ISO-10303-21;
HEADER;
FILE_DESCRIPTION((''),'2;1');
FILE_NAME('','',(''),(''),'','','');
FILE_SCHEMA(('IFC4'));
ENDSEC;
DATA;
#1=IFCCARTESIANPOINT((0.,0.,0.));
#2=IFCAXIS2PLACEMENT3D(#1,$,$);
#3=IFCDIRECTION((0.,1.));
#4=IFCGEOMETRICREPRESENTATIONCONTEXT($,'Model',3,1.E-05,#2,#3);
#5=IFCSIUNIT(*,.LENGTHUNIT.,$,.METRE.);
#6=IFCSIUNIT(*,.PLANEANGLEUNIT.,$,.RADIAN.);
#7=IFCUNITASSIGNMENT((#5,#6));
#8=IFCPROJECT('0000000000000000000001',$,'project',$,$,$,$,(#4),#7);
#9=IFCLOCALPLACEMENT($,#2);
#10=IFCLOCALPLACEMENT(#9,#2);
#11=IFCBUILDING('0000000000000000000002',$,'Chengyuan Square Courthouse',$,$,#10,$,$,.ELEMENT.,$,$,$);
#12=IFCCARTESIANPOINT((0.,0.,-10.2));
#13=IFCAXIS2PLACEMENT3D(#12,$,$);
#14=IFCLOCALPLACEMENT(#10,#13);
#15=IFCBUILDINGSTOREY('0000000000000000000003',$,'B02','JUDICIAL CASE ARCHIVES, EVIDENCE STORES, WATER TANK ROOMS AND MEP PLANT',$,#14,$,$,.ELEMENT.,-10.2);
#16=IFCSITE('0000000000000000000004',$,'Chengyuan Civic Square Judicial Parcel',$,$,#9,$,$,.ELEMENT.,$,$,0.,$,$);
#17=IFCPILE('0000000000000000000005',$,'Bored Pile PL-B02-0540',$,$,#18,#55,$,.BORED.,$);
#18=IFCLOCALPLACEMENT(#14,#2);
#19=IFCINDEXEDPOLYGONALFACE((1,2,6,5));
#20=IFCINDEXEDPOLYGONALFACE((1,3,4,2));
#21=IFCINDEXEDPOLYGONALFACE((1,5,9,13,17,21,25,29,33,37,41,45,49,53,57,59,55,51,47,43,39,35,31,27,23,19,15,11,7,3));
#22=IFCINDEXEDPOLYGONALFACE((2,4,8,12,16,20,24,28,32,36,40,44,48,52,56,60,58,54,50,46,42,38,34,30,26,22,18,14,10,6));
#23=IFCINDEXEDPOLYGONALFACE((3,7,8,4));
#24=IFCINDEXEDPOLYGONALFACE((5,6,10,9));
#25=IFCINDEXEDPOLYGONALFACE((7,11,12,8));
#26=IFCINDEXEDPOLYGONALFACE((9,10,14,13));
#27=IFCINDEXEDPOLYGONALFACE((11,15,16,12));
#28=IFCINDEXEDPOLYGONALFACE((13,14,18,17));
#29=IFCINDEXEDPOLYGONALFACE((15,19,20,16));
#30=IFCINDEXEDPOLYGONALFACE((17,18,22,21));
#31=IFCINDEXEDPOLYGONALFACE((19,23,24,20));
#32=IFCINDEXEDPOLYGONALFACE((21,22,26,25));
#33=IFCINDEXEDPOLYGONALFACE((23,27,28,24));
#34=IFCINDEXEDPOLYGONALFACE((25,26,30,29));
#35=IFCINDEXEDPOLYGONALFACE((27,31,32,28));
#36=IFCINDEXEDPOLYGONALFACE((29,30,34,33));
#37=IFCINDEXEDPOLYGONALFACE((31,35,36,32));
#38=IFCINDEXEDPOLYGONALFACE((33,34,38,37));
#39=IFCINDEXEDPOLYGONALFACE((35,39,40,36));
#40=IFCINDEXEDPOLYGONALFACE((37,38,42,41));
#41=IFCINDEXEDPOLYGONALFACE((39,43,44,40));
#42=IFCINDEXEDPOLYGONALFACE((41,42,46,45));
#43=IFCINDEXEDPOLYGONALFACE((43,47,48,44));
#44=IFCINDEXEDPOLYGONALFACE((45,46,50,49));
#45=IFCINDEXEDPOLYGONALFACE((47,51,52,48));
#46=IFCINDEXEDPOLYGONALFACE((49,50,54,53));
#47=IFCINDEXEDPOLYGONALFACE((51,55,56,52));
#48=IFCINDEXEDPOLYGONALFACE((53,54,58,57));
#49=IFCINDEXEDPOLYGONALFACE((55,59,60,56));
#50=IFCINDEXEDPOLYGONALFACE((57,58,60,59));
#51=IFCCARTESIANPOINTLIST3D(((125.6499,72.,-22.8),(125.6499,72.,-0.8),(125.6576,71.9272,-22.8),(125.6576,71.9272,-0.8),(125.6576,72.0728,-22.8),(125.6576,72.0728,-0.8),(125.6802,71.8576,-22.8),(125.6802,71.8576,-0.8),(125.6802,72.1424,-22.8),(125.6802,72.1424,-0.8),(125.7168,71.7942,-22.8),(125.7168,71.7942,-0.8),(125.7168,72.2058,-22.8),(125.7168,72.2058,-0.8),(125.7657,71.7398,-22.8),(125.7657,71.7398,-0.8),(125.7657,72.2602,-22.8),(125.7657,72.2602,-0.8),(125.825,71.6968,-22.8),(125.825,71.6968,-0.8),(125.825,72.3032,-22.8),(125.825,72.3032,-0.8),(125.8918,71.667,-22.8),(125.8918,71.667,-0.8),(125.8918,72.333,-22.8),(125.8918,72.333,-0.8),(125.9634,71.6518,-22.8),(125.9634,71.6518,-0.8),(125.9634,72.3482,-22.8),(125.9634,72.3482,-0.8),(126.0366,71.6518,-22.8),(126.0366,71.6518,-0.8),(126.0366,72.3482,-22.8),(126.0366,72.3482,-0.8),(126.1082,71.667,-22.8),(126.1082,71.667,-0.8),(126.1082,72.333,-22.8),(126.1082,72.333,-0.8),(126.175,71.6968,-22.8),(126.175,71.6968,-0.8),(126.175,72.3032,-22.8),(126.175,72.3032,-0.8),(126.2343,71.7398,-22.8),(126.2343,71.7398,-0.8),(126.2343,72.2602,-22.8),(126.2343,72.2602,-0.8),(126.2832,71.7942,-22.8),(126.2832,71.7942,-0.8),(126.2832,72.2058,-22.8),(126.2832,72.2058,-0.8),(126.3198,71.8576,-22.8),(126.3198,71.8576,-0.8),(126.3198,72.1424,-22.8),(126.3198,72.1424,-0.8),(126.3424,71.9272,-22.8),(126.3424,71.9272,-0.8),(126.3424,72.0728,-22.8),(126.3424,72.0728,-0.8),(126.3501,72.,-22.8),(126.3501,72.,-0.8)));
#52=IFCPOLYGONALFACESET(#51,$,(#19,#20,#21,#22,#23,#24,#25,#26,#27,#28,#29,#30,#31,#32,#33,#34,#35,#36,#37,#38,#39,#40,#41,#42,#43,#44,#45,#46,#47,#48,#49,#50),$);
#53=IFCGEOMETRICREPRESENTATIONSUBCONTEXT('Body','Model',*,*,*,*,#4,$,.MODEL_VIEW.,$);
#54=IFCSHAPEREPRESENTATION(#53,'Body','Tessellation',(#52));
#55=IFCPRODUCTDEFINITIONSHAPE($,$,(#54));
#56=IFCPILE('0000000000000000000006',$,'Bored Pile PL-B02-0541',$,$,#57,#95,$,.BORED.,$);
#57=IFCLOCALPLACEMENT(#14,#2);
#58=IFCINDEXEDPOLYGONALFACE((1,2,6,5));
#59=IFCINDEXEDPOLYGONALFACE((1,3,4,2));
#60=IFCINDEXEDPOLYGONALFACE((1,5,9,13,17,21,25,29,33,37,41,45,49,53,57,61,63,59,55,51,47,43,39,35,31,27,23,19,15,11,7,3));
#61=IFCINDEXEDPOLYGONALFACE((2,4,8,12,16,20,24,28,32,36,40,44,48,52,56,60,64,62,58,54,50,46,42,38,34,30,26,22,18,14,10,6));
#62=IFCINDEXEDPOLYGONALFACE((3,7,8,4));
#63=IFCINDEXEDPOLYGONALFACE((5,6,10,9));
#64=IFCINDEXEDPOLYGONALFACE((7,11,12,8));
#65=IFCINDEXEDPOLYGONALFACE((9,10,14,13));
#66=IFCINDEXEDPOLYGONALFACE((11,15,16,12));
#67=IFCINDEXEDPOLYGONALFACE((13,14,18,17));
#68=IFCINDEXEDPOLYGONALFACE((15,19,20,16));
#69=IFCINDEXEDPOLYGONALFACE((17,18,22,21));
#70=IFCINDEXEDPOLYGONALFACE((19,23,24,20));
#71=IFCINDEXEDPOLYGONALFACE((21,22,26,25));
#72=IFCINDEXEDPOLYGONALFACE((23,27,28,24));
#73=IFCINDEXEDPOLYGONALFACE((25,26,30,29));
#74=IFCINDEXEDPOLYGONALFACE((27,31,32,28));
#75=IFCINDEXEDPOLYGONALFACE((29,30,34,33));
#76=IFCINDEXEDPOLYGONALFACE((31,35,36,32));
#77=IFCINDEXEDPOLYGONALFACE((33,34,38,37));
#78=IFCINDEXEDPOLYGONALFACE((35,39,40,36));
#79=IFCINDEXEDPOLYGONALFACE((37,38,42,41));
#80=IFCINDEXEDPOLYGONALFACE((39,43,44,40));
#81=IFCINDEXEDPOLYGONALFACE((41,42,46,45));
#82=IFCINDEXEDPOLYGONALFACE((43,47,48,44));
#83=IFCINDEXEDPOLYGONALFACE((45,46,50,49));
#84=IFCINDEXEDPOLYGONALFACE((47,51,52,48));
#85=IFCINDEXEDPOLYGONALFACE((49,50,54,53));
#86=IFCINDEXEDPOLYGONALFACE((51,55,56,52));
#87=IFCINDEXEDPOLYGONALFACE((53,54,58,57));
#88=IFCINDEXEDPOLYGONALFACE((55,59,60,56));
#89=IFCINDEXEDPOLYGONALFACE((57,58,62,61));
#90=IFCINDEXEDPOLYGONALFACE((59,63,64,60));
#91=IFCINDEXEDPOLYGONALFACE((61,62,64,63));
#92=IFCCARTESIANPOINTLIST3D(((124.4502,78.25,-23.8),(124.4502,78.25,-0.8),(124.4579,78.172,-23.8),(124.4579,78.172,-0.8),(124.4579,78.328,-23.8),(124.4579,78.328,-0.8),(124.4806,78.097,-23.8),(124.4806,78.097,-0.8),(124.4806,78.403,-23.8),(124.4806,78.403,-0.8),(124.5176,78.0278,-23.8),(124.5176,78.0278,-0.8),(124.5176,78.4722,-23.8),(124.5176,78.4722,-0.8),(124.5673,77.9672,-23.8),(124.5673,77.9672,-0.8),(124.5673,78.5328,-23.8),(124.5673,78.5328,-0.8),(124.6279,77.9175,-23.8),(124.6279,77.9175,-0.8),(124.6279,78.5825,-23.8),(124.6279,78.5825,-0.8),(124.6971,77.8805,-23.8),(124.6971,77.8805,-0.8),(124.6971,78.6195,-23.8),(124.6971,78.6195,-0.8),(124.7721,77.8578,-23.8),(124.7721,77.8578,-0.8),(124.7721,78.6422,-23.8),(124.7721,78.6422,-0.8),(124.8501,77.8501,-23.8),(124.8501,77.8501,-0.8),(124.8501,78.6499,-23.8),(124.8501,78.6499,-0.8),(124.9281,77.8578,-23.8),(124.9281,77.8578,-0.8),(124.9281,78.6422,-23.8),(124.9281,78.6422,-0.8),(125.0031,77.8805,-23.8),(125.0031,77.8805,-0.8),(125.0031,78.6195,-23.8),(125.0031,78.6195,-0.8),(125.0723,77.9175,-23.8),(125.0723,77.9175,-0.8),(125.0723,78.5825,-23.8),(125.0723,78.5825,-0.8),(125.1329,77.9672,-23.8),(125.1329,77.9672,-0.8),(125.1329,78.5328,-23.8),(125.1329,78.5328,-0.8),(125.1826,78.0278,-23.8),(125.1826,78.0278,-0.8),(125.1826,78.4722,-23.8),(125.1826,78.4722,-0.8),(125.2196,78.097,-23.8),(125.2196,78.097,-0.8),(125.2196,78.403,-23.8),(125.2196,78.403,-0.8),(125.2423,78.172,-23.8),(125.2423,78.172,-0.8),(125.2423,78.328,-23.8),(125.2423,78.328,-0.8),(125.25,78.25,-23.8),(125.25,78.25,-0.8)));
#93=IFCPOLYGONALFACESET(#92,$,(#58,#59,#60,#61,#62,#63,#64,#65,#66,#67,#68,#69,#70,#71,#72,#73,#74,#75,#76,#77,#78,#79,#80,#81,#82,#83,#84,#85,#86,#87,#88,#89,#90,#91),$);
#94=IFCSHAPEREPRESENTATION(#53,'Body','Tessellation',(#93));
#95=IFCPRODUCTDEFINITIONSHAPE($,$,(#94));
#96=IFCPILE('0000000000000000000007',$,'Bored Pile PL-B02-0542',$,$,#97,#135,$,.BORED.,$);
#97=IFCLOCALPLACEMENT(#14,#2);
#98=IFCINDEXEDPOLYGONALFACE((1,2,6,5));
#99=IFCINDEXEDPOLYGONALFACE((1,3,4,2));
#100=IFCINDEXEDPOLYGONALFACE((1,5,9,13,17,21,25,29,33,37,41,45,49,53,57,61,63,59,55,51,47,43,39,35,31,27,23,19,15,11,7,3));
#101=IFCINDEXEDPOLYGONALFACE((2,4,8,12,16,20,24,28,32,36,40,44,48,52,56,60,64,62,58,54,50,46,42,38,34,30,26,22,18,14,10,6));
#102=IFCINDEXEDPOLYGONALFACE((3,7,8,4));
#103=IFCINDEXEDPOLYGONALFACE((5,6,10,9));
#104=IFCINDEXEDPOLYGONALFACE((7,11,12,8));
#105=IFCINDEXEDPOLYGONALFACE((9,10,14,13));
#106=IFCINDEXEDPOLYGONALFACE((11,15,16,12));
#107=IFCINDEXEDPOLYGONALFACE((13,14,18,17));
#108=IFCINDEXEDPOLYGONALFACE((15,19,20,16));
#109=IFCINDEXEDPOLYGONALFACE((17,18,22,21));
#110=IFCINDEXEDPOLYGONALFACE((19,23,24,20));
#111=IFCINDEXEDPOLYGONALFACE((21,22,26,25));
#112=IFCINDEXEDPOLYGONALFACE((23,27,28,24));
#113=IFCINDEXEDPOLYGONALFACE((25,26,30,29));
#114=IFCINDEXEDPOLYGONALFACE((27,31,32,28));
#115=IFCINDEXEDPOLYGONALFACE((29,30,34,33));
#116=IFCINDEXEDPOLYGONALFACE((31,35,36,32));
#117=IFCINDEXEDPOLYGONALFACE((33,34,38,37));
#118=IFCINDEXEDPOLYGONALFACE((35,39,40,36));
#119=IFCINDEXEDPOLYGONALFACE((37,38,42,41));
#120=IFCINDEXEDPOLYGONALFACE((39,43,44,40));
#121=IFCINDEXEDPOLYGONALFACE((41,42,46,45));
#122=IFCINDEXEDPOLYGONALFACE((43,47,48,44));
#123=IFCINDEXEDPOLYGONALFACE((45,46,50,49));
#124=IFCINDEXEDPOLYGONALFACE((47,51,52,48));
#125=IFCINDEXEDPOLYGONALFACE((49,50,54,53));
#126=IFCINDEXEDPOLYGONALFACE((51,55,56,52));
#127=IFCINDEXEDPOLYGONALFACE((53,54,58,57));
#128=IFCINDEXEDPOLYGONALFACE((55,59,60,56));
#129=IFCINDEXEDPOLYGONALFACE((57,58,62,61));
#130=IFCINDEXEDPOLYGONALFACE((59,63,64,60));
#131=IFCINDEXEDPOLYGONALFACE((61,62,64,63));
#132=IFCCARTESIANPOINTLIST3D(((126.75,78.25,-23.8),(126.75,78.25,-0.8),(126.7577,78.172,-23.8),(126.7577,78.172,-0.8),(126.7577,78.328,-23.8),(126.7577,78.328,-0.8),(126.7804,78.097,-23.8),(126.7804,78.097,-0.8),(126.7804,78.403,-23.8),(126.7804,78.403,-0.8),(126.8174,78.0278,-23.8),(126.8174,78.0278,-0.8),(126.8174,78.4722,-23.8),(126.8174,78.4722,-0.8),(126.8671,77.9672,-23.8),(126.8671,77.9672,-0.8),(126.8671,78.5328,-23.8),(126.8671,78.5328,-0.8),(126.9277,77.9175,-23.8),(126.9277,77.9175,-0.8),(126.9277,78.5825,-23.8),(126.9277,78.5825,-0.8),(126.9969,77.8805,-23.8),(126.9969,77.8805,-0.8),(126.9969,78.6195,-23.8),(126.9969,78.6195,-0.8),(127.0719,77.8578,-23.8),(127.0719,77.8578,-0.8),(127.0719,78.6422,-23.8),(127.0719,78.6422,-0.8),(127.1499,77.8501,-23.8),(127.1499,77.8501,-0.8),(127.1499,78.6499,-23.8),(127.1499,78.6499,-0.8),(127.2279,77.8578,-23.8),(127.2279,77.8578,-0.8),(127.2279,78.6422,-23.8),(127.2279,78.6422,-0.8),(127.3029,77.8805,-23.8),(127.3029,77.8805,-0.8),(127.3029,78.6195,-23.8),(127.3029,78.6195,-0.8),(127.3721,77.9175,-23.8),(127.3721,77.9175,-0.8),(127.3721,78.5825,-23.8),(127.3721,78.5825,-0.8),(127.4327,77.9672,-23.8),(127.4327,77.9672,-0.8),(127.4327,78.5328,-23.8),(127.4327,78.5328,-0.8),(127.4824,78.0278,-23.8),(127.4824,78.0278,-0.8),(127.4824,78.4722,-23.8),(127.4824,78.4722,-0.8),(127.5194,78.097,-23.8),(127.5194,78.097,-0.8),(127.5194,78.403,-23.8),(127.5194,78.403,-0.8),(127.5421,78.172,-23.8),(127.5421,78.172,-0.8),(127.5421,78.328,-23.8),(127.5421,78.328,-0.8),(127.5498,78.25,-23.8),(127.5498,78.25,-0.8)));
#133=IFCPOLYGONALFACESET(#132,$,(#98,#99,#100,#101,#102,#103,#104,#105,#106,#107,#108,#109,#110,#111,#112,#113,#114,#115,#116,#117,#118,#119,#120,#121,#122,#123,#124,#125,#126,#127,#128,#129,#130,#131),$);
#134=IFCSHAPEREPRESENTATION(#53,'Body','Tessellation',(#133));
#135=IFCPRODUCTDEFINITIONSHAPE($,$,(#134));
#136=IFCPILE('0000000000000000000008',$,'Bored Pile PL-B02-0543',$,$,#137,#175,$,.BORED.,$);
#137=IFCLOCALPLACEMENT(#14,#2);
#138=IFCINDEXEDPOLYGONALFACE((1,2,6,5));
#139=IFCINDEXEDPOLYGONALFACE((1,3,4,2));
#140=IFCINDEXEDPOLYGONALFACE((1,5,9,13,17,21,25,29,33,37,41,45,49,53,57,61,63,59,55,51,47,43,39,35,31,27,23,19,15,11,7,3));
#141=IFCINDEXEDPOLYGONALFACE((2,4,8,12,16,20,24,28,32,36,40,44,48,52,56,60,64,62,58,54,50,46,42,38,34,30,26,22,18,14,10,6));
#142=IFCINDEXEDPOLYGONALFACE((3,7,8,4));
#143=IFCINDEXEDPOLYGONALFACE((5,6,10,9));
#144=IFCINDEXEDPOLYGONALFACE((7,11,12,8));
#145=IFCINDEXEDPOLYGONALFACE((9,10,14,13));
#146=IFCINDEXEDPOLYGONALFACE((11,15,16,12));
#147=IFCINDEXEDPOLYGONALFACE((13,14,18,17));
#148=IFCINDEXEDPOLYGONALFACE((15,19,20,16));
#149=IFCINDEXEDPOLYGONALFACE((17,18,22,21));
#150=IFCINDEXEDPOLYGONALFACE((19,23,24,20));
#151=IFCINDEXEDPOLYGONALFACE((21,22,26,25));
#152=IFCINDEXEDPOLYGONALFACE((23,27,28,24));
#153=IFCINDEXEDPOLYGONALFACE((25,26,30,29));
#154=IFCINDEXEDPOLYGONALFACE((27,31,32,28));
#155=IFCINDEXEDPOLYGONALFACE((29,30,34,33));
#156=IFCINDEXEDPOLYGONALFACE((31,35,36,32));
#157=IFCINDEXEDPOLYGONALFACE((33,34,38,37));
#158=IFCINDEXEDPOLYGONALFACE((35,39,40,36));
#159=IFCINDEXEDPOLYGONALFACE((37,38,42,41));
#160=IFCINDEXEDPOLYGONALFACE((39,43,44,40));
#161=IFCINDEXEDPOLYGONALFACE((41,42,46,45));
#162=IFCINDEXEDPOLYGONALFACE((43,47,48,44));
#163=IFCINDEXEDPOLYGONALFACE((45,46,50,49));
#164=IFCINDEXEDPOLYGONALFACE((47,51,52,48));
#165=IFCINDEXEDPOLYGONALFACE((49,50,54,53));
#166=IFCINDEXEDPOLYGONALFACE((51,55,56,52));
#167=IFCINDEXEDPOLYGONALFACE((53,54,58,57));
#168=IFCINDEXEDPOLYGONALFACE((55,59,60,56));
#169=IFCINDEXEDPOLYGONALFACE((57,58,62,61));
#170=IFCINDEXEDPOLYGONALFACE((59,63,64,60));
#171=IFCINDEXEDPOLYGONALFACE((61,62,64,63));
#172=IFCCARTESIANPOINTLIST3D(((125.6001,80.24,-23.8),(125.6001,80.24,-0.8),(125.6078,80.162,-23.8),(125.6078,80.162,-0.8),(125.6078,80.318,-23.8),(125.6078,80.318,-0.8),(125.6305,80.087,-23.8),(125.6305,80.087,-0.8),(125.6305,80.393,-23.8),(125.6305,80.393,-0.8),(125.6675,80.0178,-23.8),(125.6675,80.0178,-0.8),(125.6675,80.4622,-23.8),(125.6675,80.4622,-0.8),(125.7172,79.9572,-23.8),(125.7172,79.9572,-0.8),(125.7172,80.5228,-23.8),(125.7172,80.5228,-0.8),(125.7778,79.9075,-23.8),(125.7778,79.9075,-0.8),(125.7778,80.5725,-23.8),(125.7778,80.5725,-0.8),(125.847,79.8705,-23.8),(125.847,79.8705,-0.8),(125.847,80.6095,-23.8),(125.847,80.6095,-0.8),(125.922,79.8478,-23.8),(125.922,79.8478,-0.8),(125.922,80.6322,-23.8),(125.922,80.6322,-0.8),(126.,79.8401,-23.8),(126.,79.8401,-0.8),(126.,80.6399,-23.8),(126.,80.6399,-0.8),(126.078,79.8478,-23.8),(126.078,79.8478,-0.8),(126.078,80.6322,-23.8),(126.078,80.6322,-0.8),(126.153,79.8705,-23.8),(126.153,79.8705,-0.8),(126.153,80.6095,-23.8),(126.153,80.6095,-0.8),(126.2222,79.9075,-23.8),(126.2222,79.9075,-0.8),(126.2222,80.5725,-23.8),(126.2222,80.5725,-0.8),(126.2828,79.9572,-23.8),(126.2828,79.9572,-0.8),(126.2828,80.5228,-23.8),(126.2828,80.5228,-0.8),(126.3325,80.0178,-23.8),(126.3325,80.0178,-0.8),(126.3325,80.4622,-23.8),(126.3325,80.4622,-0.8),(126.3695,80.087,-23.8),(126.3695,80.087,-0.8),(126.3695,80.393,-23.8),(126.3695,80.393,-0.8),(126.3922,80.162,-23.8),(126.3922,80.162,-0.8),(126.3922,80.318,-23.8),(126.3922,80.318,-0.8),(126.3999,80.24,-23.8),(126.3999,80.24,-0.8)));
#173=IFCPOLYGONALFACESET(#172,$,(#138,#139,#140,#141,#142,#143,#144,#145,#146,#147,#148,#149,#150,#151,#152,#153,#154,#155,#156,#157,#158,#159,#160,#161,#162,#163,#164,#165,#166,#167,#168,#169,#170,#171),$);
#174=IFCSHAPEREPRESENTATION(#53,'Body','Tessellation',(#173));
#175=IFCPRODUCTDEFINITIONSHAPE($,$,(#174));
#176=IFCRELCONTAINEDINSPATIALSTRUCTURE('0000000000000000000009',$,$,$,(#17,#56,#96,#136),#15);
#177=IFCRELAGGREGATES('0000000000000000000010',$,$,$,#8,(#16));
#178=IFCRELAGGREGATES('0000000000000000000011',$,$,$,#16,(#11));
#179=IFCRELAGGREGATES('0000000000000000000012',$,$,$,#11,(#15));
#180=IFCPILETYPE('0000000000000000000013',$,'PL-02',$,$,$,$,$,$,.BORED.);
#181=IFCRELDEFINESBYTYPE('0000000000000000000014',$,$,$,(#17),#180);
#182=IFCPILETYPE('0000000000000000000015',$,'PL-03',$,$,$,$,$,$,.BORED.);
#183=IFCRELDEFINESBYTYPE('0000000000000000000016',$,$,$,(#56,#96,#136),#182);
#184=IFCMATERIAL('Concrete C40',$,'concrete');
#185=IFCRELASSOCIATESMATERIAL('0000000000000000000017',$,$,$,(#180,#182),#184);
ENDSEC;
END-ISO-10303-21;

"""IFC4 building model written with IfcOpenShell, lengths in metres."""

from ifc_helpers import new_model, si_unit, direction, frame, origin, origin_2d, place, context, subcontext, project, spatial, circle, extrude, material, material_profile, profile_set, type_object, element, save


model = new_model("IFC4")

# Units and contexts
model_context = context("Model", 3, precision=1e-05, world=origin(), true_north=direction((0.0, 1.0)))
body_context = subcontext(model_context, "Body", "Model", "MODEL_VIEW")
ifc_project = project(units=[si_unit("LENGTHUNIT", "METRE"), si_unit("PLANEANGLEUNIT", "RADIAN")], contexts=[model_context])

# Site, building, storey
site_placement = place(None, origin())
site = spatial("IfcSite", under=ifc_project, at=site_placement, Name="Chengyuan Civic Square Judicial Parcel", CompositionType="ELEMENT", RefElevation=0.0)
building_placement = place(site_placement, origin())
building = spatial("IfcBuilding", under=site, at=building_placement, Name="Chengyuan Square Courthouse", CompositionType="ELEMENT")
storey_placement = place(building_placement, frame((0.0, 0.0, -10.2)))
storey = spatial("IfcBuildingStorey", under=building, at=storey_placement, Name="B02", Description="JUDICIAL CASE ARCHIVES, EVIDENCE STORES, WATER TANK ROOMS AND MEP PLANT", CompositionType="ELEMENT", Elevation=-10.2)

# Shared definitions
ifc_material_1 = material(Name="Concrete C40", Category="concrete")

# Piles
ifc_material_profile_1 = material_profile(ifc_material_1, circle(Radius=0.3501, at=origin_2d()), Name="BORED PILE D700")
ifc_profile_set_1 = profile_set([ifc_material_profile_1], Name="Concrete C40")
pile_type_1 = type_object("IfcPileType", Name="PL-02", PredefinedType="BORED", material=ifc_profile_set_1)
pile_1_placement = place(storey_placement, frame((126.0, 72.0, -0.8), z_axis=(0.0, 0.0, -1.0), x_axis=(1.0, 0.0, 0.0)))
element("IfcPile", 1, at=pile_1_placement, inside=storey, type_object=pile_type_1, Name="Bored Pile PL-B02-0540", PredefinedType="BORED", context=body_context, shape_type="SweptSolid", body=[
    extrude(circle(Radius=0.3501, at=origin_2d()), origin(), (0.0, 0.0, 1.0), 22.0),
])
ifc_material_profile_2 = material_profile(ifc_material_1, circle(Radius=0.3999, at=origin_2d()), Name="BORED PILE D800")
ifc_profile_set_2 = profile_set([ifc_material_profile_2], Name="Concrete C40")
pile_type_2 = type_object("IfcPileType", Name="PL-03", PredefinedType="BORED", material=ifc_profile_set_2)
for number, where, z_axis, x_axis, name in (
    (2, (124.8501, 78.25, -0.8), (0.0, 0.0, -1.0), (1.0, 0.0, 0.0), "Bored Pile PL-B02-0541"),
    (3, (127.1499, 78.25, -0.8), (0.0, 0.0, -1.0), (1.0, 0.0, 0.0), "Bored Pile PL-B02-0542"),
    (4, (126.0, 80.24, -0.8), (0.0, 0.0, -1.0), (1.0, 0.0, 0.0), "Bored Pile PL-B02-0543"),
):
    element("IfcPile", number, at=place(storey_placement, frame(where, z_axis=z_axis, x_axis=x_axis)), inside=storey, type_object=pile_type_2, Name=name, PredefinedType="BORED", context=body_context, shape_type="SweptSolid", body=[
        extrude(circle(Radius=0.3999, at=origin_2d()), origin(), (0.0, 0.0, 1.0), 23.0),
    ])

save(model, "model.ifc")
